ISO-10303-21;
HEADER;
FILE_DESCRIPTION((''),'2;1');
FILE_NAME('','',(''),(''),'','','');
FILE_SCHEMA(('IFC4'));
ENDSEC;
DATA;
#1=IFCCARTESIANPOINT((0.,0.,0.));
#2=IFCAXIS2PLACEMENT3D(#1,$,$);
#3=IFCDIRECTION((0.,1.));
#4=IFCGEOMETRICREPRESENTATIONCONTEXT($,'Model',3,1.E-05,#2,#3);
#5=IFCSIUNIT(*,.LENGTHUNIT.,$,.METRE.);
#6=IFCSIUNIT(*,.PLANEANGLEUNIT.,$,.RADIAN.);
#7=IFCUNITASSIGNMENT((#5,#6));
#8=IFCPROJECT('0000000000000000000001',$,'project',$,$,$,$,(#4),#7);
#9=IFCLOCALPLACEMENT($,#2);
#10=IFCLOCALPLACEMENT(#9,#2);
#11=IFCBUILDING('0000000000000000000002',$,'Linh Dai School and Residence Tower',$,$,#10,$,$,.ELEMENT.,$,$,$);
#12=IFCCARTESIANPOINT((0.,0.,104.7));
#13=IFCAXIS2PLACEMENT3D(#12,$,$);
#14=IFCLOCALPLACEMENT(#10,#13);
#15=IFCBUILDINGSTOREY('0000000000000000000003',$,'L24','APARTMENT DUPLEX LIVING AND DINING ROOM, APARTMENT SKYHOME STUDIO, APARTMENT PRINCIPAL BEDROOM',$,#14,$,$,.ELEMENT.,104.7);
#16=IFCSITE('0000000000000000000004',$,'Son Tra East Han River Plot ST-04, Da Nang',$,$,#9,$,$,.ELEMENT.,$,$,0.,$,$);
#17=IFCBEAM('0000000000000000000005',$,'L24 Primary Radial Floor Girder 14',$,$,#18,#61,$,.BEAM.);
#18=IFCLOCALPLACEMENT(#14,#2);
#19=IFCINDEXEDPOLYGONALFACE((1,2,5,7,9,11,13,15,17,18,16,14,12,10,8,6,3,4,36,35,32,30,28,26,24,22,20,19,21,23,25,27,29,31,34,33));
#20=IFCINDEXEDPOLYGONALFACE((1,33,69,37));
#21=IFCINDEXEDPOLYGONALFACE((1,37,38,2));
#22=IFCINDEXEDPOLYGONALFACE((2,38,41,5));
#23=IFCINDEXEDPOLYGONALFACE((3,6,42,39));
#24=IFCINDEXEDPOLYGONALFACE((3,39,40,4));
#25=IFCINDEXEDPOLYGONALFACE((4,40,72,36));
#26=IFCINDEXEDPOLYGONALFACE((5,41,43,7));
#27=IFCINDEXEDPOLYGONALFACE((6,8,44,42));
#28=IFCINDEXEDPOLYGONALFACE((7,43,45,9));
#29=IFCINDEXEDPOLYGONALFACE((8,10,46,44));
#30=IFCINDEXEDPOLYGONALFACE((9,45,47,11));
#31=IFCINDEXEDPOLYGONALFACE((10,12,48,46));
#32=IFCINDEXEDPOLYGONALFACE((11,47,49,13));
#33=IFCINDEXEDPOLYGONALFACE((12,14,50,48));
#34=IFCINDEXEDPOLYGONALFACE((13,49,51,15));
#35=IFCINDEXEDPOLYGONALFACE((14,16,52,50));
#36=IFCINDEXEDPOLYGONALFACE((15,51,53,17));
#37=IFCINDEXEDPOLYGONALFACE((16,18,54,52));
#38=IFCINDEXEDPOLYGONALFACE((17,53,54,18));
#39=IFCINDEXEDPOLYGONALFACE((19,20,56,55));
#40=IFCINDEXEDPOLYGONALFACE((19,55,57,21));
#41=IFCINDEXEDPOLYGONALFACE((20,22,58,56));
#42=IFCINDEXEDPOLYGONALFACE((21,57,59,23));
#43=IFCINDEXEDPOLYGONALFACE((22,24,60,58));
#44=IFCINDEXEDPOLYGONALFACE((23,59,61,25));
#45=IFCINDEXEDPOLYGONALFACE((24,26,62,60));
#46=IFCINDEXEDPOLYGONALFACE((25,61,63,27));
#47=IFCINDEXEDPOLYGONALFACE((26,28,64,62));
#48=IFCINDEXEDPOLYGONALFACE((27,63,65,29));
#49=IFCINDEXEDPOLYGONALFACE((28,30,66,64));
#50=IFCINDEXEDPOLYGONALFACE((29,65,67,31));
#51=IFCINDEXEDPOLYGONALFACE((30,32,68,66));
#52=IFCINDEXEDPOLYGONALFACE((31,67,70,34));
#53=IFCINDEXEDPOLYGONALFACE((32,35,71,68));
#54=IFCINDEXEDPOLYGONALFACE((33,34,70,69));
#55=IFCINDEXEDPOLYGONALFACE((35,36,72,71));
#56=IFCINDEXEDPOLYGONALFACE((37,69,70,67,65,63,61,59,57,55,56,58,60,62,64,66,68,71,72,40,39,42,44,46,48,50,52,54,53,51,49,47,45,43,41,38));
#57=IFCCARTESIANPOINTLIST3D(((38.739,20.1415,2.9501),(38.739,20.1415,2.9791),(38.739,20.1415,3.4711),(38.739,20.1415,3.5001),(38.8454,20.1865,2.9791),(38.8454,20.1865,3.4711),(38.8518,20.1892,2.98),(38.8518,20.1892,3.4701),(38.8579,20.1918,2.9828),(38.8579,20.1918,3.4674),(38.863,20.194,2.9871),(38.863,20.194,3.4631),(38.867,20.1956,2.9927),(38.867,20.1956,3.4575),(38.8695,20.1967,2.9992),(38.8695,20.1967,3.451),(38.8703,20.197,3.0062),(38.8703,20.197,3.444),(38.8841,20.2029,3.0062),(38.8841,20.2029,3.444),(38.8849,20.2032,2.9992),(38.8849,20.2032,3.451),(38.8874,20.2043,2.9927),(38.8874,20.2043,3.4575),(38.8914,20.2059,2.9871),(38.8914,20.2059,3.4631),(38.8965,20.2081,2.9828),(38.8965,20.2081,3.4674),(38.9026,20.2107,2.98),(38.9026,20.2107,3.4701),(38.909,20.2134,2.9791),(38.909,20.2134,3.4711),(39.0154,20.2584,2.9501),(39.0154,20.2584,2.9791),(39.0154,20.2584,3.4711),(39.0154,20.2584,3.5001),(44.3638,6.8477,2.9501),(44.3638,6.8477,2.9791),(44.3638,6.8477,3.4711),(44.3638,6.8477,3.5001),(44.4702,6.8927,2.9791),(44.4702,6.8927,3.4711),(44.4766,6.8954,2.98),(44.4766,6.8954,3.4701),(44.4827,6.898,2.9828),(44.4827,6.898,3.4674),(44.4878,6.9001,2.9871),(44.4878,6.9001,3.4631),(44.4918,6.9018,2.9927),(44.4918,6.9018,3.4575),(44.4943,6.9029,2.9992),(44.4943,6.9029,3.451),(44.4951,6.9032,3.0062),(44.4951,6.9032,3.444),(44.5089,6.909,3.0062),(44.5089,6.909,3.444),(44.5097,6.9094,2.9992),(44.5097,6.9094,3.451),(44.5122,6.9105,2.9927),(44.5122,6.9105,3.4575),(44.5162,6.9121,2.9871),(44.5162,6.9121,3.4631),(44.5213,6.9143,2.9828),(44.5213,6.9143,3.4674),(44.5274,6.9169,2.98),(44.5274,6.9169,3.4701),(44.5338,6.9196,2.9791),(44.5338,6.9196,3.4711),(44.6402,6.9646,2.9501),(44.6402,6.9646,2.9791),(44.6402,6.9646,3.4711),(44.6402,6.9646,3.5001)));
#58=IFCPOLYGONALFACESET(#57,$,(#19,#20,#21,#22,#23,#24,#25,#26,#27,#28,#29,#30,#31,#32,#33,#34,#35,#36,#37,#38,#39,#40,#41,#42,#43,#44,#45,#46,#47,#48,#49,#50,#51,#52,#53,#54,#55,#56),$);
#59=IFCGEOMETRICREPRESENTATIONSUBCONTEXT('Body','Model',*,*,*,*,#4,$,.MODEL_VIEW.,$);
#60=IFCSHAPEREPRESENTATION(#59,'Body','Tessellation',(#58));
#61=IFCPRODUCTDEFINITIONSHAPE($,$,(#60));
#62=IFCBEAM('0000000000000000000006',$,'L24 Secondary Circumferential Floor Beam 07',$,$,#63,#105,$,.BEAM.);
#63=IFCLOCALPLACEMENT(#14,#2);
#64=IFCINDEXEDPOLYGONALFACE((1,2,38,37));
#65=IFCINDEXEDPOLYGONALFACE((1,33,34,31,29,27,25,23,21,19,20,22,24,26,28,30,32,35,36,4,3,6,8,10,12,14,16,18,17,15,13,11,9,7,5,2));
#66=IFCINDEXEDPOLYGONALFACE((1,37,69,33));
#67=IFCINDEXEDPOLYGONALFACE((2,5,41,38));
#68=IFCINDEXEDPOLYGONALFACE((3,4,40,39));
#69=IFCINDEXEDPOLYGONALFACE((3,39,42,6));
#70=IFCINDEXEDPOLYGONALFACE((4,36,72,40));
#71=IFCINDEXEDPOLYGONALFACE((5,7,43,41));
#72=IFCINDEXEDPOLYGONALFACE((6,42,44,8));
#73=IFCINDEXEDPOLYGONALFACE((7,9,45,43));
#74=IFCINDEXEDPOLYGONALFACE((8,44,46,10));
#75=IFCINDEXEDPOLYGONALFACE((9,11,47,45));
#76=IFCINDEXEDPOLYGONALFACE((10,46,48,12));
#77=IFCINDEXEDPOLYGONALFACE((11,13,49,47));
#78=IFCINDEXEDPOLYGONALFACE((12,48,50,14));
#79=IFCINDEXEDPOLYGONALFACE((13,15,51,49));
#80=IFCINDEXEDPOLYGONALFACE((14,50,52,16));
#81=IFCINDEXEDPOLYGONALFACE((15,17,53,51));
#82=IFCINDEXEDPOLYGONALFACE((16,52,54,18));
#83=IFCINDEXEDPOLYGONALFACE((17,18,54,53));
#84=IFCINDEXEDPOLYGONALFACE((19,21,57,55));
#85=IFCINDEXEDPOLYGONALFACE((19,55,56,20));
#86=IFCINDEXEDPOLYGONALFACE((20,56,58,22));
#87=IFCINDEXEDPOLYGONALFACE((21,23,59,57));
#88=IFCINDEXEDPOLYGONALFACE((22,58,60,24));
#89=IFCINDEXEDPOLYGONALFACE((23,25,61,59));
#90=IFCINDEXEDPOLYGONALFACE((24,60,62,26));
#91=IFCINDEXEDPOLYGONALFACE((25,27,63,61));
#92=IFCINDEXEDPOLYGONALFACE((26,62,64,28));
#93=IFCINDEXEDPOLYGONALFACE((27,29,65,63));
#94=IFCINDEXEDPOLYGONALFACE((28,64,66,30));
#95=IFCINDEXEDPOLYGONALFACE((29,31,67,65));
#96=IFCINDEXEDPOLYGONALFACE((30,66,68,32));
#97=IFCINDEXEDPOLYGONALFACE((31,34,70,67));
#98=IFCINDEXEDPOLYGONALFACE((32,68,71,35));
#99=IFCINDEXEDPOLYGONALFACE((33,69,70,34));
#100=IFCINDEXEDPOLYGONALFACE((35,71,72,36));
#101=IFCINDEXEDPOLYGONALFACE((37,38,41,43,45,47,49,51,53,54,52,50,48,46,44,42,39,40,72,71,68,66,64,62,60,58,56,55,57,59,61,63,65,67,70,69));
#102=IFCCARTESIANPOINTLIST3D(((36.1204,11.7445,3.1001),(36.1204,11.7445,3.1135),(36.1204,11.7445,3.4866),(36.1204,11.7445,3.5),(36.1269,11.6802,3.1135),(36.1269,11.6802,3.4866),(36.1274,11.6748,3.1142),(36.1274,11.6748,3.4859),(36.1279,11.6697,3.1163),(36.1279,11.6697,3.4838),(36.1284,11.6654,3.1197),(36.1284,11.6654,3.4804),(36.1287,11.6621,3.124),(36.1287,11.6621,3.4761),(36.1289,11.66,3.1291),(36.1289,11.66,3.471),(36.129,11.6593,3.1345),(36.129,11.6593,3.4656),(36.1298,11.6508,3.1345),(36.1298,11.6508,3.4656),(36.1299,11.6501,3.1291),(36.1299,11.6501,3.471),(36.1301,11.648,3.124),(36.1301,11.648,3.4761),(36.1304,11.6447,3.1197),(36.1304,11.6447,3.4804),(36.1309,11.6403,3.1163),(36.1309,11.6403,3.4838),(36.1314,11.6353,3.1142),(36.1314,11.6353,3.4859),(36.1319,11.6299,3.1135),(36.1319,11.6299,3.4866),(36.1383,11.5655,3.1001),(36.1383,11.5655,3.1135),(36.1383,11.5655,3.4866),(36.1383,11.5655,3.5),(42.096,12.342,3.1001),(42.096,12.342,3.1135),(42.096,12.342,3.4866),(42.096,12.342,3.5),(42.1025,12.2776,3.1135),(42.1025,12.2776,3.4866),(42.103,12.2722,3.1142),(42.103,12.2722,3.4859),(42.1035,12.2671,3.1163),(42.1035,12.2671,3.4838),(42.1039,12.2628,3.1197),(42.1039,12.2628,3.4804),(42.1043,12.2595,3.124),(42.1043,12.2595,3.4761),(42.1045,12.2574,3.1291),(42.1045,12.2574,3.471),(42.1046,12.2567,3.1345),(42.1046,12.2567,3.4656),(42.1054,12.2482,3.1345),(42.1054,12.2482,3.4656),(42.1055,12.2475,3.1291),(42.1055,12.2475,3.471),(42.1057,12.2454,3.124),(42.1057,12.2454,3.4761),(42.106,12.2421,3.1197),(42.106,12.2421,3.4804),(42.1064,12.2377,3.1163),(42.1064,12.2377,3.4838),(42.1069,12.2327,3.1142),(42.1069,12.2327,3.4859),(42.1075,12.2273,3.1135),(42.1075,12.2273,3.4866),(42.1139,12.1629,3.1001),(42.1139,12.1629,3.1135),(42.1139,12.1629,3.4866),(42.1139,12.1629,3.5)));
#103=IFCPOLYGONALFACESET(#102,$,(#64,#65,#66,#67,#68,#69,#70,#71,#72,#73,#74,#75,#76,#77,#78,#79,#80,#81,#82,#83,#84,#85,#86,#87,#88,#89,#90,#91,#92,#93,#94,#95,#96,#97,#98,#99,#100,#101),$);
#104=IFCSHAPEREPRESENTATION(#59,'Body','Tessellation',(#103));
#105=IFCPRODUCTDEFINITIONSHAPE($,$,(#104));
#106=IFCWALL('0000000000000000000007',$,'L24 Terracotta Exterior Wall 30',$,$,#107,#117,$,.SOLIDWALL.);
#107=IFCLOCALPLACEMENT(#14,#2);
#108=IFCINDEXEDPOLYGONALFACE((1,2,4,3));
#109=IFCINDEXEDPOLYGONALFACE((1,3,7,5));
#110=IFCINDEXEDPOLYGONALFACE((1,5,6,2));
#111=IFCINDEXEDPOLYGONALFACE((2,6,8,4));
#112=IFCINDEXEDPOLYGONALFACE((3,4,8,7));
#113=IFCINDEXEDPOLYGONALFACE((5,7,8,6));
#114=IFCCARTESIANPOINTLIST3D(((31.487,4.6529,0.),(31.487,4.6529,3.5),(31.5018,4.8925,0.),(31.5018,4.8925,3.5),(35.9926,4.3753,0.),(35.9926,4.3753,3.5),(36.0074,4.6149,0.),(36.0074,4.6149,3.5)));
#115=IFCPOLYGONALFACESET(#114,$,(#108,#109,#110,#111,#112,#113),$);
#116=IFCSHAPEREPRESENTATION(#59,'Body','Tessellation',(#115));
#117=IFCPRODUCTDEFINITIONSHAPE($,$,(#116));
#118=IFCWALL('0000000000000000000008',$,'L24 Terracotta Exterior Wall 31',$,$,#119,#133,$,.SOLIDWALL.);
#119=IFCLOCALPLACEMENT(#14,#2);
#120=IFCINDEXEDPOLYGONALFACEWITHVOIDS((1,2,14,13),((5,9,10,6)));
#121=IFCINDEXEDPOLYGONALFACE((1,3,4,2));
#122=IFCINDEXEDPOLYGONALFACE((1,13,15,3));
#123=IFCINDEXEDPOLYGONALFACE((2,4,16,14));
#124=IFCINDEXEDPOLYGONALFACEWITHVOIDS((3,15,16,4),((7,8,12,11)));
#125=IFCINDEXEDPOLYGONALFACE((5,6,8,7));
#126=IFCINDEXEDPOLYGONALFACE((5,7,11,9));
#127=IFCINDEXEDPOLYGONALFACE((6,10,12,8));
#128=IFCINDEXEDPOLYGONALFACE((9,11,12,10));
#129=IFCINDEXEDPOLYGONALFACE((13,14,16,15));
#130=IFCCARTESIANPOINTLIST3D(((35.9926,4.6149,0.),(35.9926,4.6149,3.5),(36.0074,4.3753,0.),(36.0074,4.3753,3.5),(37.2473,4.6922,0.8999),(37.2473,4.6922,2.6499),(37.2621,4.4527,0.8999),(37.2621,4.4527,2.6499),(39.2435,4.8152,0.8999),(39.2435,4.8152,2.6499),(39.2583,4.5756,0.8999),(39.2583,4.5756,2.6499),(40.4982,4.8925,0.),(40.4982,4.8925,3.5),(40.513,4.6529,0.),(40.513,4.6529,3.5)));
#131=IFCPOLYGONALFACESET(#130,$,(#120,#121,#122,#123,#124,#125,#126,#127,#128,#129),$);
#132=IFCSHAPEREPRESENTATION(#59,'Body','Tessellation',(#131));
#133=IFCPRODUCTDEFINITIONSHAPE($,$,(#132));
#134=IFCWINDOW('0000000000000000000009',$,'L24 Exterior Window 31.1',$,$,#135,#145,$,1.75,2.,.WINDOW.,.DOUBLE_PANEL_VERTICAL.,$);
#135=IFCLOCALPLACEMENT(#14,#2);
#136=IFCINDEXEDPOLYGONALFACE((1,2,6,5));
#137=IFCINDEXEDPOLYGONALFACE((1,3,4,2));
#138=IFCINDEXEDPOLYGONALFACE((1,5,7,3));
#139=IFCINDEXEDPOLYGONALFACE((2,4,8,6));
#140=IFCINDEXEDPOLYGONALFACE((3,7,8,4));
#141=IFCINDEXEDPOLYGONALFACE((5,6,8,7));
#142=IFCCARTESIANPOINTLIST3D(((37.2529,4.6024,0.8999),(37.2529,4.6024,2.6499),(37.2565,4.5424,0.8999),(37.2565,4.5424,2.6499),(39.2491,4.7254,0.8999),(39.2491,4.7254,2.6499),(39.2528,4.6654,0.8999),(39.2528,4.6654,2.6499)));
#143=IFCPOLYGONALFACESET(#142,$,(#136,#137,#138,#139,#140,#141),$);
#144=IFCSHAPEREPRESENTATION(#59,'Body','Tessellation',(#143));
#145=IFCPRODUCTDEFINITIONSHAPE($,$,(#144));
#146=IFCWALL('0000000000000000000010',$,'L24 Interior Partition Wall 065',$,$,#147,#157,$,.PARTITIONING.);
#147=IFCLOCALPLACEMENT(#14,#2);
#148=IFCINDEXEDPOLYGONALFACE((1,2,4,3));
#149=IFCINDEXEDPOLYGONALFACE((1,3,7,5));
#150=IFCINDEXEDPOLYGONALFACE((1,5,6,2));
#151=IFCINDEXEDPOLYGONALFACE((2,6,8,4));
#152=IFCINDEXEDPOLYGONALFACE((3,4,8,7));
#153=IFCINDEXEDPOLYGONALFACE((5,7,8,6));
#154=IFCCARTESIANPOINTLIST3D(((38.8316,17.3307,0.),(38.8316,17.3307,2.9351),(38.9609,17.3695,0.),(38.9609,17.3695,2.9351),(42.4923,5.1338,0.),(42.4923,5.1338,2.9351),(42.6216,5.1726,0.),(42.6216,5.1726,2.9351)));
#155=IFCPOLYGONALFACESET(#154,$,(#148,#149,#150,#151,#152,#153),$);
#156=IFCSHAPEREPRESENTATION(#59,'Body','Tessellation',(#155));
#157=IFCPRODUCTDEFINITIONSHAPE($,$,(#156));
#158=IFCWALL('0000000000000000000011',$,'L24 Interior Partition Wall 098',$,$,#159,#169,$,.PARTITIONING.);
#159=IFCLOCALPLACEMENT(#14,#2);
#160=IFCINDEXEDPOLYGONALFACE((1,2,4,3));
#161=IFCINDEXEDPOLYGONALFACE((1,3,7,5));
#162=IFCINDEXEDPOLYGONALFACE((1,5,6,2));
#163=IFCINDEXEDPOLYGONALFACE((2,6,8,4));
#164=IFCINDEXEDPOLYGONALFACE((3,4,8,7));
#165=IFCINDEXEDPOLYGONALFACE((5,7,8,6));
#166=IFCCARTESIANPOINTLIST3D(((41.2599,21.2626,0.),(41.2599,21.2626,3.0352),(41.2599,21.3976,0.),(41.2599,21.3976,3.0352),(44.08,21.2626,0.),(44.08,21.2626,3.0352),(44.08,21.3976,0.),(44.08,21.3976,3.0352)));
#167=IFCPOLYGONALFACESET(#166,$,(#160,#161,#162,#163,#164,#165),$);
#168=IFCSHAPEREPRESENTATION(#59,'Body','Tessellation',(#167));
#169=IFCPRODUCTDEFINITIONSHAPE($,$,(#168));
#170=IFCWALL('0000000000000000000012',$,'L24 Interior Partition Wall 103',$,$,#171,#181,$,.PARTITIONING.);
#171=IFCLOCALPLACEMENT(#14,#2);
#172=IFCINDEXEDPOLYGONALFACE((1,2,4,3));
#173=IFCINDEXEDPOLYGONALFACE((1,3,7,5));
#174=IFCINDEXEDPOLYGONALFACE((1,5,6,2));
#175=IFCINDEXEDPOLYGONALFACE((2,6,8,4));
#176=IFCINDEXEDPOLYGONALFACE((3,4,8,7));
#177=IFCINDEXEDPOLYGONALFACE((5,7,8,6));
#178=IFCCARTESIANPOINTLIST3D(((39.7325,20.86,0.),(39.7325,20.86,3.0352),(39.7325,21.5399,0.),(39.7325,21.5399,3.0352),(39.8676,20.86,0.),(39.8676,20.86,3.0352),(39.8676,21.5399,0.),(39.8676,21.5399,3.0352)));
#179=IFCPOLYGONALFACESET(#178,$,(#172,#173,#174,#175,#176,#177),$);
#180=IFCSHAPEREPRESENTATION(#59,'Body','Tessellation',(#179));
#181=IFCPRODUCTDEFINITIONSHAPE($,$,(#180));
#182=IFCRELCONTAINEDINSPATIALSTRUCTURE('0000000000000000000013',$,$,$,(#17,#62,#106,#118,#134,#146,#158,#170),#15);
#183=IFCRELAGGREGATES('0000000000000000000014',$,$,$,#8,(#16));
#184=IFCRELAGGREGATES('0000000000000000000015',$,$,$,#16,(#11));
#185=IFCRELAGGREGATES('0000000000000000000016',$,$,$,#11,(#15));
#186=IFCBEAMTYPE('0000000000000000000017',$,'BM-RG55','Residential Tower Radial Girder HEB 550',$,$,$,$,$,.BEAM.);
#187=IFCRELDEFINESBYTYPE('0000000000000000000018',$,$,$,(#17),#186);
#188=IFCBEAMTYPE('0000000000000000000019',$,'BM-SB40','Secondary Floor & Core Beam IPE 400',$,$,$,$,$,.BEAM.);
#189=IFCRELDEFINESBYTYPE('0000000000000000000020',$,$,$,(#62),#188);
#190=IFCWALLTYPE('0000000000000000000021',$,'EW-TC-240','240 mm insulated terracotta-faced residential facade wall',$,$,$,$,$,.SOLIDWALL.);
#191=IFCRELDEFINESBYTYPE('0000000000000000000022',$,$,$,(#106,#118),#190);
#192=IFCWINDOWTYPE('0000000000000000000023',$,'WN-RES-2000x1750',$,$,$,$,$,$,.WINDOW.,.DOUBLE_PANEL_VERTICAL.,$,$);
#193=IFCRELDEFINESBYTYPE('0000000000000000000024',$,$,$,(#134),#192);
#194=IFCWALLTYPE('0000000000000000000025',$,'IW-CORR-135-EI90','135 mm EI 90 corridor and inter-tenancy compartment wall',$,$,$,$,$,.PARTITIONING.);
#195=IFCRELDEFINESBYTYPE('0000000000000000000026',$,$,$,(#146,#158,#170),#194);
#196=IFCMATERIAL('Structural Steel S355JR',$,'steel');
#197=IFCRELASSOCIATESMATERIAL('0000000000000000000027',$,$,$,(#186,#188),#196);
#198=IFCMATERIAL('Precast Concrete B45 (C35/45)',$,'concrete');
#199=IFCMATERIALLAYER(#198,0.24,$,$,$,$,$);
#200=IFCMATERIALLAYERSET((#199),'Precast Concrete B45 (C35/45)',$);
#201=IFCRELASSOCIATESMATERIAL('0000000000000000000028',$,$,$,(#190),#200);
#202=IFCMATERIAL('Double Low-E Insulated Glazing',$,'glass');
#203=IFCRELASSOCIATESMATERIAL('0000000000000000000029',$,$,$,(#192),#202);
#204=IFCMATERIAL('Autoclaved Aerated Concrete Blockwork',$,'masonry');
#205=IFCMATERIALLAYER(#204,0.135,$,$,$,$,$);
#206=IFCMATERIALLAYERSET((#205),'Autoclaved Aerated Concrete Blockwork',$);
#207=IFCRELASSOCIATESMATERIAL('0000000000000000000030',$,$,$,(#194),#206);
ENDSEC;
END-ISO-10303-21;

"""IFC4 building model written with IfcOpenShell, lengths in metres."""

from ifc_helpers import new_model, si_unit, direction, frame, frame_2d, origin, origin_2d, place, context, subcontext, project, spatial, rectangle, i_section, extrude, source, transform, mapped, material, layer, layer_set, material_profile, profile_set, type_object, element, fill, save


model = new_model("IFC4")

# Units and contexts
model_context = context("Model", 3, precision=1e-05, world=origin(), true_north=direction((0.0, 1.0)))
body_context = subcontext(model_context, "Body", "Model", "MODEL_VIEW")
ifc_project = project(units=[si_unit("LENGTHUNIT", "METRE"), si_unit("PLANEANGLEUNIT", "RADIAN")], contexts=[model_context])

# Site, building, storey
site_placement = place(None, origin())
site = spatial("IfcSite", under=ifc_project, at=site_placement, Name="Son Tra East Han River Plot ST-04, Da Nang", CompositionType="ELEMENT", RefElevation=0.0)
building_placement = place(site_placement, origin())
building = spatial("IfcBuilding", under=site, at=building_placement, Name="Linh Dai School and Residence Tower", CompositionType="ELEMENT")
storey_placement = place(building_placement, frame((0.0, 0.0, 104.7)))
storey = spatial("IfcBuildingStorey", under=building, at=storey_placement, Name="L24", Description="APARTMENT DUPLEX LIVING AND DINING ROOM, APARTMENT SKYHOME STUDIO, APARTMENT PRINCIPAL BEDROOM", CompositionType="ELEMENT", Elevation=104.7)

# Shared definitions
ifc_material_1 = material(Name="Structural Steel S355JR", Category="steel")

# Beams
ifc_material_profile_1 = material_profile(ifc_material_1, i_section(OverallWidth=0.3, OverallDepth=0.55, WebThickness=0.0149, FlangeThickness=0.0291, FilletRadius=0.0271, at=origin_2d()), Name="HEB 550")
ifc_profile_set_1 = profile_set([ifc_material_profile_1], Name="Structural Steel S355JR")
beam_type_1 = type_object("IfcBeamType", Name="BM-RG55", Description="Residential Tower Radial Girder HEB 550", PredefinedType="BEAM", material=ifc_profile_set_1)
beam_1_placement = place(storey_placement, frame((38.8772, 20.2, 3.2251), z_axis=(0.389669, -0.920955, 0.0), x_axis=(0.920955, 0.389669, 0.0)))
element("IfcBeam", 1, at=beam_1_placement, inside=storey, type_object=beam_type_1, Name="L24 Primary Radial Floor Girder 14", PredefinedType="BEAM", context=body_context, shape_type="SweptSolid", body=[
    extrude(i_section(OverallWidth=0.3, OverallDepth=0.55, WebThickness=0.0149, FlangeThickness=0.0291, FilletRadius=0.0271, at=origin_2d()), origin(), (0.0, 0.0, 1.0), 14.4348),
])
ifc_material_profile_2 = material_profile(ifc_material_1, i_section(OverallWidth=0.1799, OverallDepth=0.3999, WebThickness=0.0085, FlangeThickness=0.0134, FilletRadius=0.021, at=origin_2d()), Name="IPE 400")
ifc_profile_set_2 = profile_set([ifc_material_profile_2], Name="Structural Steel S355JR")
beam_type_2 = type_object("IfcBeamType", Name="BM-SB40", Description="Secondary Floor & Core Beam IPE 400", PredefinedType="BEAM", material=ifc_profile_set_2)
beam_2_placement = place(storey_placement, frame((36.1294, 11.655, 3.3), z_axis=(0.99504, 0.09948, 0.0), x_axis=(-0.09948, 0.99504, 0.0)))
element("IfcBeam", 2, at=beam_2_placement, inside=storey, type_object=beam_type_2, Name="L24 Secondary Circumferential Floor Beam 07", PredefinedType="BEAM", context=body_context, shape_type="SweptSolid", body=[
    extrude(i_section(OverallWidth=0.1799, OverallDepth=0.3999, WebThickness=0.0085, FlangeThickness=0.0134, FilletRadius=0.021, at=origin_2d()), origin(), (0.0, 0.0, 1.0), 6.0054),
])

# Wall
ifc_material_2 = material(Name="Precast Concrete B45 (C35/45)", Category="concrete")
ifc_layer_1 = layer(ifc_material_2, 0.24)
ifc_layer_set_1 = layer_set([ifc_layer_1], Name="Precast Concrete B45 (C35/45)")
wall_type_1 = type_object("IfcWallType", Name="EW-TC-240", Description="240 mm insulated terracotta-faced residential facade wall", PredefinedType="SOLIDWALL", material=ifc_layer_set_1)
wall_1_placement = place(storey_placement, frame((36.0, 4.4951, 0.0), z_axis=(0.0, 0.0, 1.0), x_axis=(-0.998108, 0.061493, 0.0)))
element("IfcWall", 3, at=wall_1_placement, inside=storey, type_object=wall_type_1, Name="L24 Terracotta Exterior Wall 30", PredefinedType="SOLIDWALL", context=body_context, shape_type="SweptSolid", body=[
    extrude(rectangle(XDim=4.5142, YDim=0.24, at=frame_2d((2.2571, 0.0))), origin(), (0.0, 0.0, 1.0), 3.5),
])

# Wall, opening, window
wall_2_placement = place(storey_placement, frame((40.5056, 4.7727, 0.0), z_axis=(0.0, 0.0, 1.0), x_axis=(-0.998108, -0.061493, 0.0)))
wall_2 = element("IfcWall", 4, at=wall_2_placement, inside=storey, type_object=wall_type_1, Name="L24 Terracotta Exterior Wall 31", PredefinedType="SOLIDWALL", context=body_context, shape_type="SweptSolid", body=[
    extrude(rectangle(XDim=4.5142, YDim=0.24, at=frame_2d((2.2571, 0.0))), origin(), (0.0, 0.0, 1.0), 3.5),
])
opening_1_placement = place(wall_2_placement, frame((1.2571, 0.0, 0.8999)))
opening_1 = element("IfcOpeningElement", 5, at=opening_1_placement, cuts=wall_2, PredefinedType="OPENING", context=body_context, shape_type="SweptSolid", body=[
    extrude(rectangle(XDim=2.0, YDim=1.75, at=origin_2d()), frame((1.0, 0.1299, 0.875), z_axis=(0.0, -1.0, 0.0), x_axis=(1.0, 0.0, 0.0)), (0.0, 0.0, 1.0), 0.26),
])
ifc_material_3 = material(Name="Double Low-E Insulated Glazing", Category="glass")
window_type = type_object("IfcWindowType", Name="WN-RES-2000x1750", PartitioningType="DOUBLE_PANEL_VERTICAL", PredefinedType="WINDOW", material=ifc_material_3)
shared_shape_1 = source(origin(), body_context, "Body", "SweptSolid", [
    extrude(rectangle(XDim=2.0, YDim=1.75, at=origin_2d()), frame((1.0, 0.03, 0.875), z_axis=(0.0, -1.0, 0.0), x_axis=(1.0, 0.0, 0.0)), (0.0, 0.0, 1.0), 0.0601),
])
window_placement = place(opening_1_placement, origin())
window = element("IfcWindow", 6, at=window_placement, inside=storey, type_object=window_type, Name="L24 Exterior Window 31.1", OverallHeight=1.75, OverallWidth=2.0, PartitioningType="DOUBLE_PANEL_VERTICAL", PredefinedType="WINDOW", context=body_context, shape_type="MappedRepresentation", body=[
    mapped(shared_shape_1, transform((0.0, 0.0, 0.0), x_axis=(1.0, 0.0, 0.0), y_axis=(0.0, 1.0, 0.0), z_axis=(0.0, 0.0, 1.0), scale=1.0)),
])
fill(opening_1, window)

# Walls
ifc_material_4 = material(Name="Autoclaved Aerated Concrete Blockwork", Category="masonry")
ifc_layer_2 = layer(ifc_material_4, 0.135)
ifc_layer_set_2 = layer_set([ifc_layer_2], Name="Autoclaved Aerated Concrete Blockwork")
wall_type_2 = type_object("IfcWallType", Name="IW-CORR-135-EI90", Description="135 mm EI 90 corridor and inter-tenancy compartment wall", PredefinedType="PARTITIONING", material=ifc_layer_set_2)
wall_3_placement = place(storey_placement, frame((38.8962, 17.3501, 0.0), z_axis=(0.0, 0.0, 1.0), x_axis=(0.287464, -0.957791, 0.0)))
element("IfcWall", 7, at=wall_3_placement, inside=storey, type_object=wall_type_2, Name="L24 Interior Partition Wall 065", PredefinedType="PARTITIONING", context=body_context, shape_type="SweptSolid", body=[
    extrude(rectangle(XDim=12.7344, YDim=0.135, at=frame_2d((6.3672, 0.0))), origin(), (0.0, 0.0, 1.0), 2.9351),
])
wall_4_placement = place(storey_placement, frame((44.0801, 21.3301, 0.0), z_axis=(0.0, 0.0, 1.0), x_axis=(-1.0, 0.0, 0.0)))
element("IfcWall", 8, at=wall_4_placement, inside=storey, type_object=wall_type_2, Name="L24 Interior Partition Wall 098", PredefinedType="PARTITIONING", context=body_context, shape_type="SweptSolid", body=[
    extrude(rectangle(XDim=2.8201, YDim=0.135, at=frame_2d((1.4102, 0.0))), origin(), (0.0, 0.0, 1.0), 3.0352),
])
wall_5_placement = place(storey_placement, frame((39.8, 20.8601, 0.0), z_axis=(0.0, 0.0, 1.0), x_axis=(0.0, 1.0, 0.0)))
element("IfcWall", 9, at=wall_5_placement, inside=storey, type_object=wall_type_2, Name="L24 Interior Partition Wall 103", PredefinedType="PARTITIONING", context=body_context, shape_type="SweptSolid", body=[
    extrude(rectangle(XDim=0.6799, YDim=0.135, at=frame_2d((0.3398, 0.0))), origin(), (0.0, 0.0, 1.0), 3.0352),
])

save(model, "model.ifc")
